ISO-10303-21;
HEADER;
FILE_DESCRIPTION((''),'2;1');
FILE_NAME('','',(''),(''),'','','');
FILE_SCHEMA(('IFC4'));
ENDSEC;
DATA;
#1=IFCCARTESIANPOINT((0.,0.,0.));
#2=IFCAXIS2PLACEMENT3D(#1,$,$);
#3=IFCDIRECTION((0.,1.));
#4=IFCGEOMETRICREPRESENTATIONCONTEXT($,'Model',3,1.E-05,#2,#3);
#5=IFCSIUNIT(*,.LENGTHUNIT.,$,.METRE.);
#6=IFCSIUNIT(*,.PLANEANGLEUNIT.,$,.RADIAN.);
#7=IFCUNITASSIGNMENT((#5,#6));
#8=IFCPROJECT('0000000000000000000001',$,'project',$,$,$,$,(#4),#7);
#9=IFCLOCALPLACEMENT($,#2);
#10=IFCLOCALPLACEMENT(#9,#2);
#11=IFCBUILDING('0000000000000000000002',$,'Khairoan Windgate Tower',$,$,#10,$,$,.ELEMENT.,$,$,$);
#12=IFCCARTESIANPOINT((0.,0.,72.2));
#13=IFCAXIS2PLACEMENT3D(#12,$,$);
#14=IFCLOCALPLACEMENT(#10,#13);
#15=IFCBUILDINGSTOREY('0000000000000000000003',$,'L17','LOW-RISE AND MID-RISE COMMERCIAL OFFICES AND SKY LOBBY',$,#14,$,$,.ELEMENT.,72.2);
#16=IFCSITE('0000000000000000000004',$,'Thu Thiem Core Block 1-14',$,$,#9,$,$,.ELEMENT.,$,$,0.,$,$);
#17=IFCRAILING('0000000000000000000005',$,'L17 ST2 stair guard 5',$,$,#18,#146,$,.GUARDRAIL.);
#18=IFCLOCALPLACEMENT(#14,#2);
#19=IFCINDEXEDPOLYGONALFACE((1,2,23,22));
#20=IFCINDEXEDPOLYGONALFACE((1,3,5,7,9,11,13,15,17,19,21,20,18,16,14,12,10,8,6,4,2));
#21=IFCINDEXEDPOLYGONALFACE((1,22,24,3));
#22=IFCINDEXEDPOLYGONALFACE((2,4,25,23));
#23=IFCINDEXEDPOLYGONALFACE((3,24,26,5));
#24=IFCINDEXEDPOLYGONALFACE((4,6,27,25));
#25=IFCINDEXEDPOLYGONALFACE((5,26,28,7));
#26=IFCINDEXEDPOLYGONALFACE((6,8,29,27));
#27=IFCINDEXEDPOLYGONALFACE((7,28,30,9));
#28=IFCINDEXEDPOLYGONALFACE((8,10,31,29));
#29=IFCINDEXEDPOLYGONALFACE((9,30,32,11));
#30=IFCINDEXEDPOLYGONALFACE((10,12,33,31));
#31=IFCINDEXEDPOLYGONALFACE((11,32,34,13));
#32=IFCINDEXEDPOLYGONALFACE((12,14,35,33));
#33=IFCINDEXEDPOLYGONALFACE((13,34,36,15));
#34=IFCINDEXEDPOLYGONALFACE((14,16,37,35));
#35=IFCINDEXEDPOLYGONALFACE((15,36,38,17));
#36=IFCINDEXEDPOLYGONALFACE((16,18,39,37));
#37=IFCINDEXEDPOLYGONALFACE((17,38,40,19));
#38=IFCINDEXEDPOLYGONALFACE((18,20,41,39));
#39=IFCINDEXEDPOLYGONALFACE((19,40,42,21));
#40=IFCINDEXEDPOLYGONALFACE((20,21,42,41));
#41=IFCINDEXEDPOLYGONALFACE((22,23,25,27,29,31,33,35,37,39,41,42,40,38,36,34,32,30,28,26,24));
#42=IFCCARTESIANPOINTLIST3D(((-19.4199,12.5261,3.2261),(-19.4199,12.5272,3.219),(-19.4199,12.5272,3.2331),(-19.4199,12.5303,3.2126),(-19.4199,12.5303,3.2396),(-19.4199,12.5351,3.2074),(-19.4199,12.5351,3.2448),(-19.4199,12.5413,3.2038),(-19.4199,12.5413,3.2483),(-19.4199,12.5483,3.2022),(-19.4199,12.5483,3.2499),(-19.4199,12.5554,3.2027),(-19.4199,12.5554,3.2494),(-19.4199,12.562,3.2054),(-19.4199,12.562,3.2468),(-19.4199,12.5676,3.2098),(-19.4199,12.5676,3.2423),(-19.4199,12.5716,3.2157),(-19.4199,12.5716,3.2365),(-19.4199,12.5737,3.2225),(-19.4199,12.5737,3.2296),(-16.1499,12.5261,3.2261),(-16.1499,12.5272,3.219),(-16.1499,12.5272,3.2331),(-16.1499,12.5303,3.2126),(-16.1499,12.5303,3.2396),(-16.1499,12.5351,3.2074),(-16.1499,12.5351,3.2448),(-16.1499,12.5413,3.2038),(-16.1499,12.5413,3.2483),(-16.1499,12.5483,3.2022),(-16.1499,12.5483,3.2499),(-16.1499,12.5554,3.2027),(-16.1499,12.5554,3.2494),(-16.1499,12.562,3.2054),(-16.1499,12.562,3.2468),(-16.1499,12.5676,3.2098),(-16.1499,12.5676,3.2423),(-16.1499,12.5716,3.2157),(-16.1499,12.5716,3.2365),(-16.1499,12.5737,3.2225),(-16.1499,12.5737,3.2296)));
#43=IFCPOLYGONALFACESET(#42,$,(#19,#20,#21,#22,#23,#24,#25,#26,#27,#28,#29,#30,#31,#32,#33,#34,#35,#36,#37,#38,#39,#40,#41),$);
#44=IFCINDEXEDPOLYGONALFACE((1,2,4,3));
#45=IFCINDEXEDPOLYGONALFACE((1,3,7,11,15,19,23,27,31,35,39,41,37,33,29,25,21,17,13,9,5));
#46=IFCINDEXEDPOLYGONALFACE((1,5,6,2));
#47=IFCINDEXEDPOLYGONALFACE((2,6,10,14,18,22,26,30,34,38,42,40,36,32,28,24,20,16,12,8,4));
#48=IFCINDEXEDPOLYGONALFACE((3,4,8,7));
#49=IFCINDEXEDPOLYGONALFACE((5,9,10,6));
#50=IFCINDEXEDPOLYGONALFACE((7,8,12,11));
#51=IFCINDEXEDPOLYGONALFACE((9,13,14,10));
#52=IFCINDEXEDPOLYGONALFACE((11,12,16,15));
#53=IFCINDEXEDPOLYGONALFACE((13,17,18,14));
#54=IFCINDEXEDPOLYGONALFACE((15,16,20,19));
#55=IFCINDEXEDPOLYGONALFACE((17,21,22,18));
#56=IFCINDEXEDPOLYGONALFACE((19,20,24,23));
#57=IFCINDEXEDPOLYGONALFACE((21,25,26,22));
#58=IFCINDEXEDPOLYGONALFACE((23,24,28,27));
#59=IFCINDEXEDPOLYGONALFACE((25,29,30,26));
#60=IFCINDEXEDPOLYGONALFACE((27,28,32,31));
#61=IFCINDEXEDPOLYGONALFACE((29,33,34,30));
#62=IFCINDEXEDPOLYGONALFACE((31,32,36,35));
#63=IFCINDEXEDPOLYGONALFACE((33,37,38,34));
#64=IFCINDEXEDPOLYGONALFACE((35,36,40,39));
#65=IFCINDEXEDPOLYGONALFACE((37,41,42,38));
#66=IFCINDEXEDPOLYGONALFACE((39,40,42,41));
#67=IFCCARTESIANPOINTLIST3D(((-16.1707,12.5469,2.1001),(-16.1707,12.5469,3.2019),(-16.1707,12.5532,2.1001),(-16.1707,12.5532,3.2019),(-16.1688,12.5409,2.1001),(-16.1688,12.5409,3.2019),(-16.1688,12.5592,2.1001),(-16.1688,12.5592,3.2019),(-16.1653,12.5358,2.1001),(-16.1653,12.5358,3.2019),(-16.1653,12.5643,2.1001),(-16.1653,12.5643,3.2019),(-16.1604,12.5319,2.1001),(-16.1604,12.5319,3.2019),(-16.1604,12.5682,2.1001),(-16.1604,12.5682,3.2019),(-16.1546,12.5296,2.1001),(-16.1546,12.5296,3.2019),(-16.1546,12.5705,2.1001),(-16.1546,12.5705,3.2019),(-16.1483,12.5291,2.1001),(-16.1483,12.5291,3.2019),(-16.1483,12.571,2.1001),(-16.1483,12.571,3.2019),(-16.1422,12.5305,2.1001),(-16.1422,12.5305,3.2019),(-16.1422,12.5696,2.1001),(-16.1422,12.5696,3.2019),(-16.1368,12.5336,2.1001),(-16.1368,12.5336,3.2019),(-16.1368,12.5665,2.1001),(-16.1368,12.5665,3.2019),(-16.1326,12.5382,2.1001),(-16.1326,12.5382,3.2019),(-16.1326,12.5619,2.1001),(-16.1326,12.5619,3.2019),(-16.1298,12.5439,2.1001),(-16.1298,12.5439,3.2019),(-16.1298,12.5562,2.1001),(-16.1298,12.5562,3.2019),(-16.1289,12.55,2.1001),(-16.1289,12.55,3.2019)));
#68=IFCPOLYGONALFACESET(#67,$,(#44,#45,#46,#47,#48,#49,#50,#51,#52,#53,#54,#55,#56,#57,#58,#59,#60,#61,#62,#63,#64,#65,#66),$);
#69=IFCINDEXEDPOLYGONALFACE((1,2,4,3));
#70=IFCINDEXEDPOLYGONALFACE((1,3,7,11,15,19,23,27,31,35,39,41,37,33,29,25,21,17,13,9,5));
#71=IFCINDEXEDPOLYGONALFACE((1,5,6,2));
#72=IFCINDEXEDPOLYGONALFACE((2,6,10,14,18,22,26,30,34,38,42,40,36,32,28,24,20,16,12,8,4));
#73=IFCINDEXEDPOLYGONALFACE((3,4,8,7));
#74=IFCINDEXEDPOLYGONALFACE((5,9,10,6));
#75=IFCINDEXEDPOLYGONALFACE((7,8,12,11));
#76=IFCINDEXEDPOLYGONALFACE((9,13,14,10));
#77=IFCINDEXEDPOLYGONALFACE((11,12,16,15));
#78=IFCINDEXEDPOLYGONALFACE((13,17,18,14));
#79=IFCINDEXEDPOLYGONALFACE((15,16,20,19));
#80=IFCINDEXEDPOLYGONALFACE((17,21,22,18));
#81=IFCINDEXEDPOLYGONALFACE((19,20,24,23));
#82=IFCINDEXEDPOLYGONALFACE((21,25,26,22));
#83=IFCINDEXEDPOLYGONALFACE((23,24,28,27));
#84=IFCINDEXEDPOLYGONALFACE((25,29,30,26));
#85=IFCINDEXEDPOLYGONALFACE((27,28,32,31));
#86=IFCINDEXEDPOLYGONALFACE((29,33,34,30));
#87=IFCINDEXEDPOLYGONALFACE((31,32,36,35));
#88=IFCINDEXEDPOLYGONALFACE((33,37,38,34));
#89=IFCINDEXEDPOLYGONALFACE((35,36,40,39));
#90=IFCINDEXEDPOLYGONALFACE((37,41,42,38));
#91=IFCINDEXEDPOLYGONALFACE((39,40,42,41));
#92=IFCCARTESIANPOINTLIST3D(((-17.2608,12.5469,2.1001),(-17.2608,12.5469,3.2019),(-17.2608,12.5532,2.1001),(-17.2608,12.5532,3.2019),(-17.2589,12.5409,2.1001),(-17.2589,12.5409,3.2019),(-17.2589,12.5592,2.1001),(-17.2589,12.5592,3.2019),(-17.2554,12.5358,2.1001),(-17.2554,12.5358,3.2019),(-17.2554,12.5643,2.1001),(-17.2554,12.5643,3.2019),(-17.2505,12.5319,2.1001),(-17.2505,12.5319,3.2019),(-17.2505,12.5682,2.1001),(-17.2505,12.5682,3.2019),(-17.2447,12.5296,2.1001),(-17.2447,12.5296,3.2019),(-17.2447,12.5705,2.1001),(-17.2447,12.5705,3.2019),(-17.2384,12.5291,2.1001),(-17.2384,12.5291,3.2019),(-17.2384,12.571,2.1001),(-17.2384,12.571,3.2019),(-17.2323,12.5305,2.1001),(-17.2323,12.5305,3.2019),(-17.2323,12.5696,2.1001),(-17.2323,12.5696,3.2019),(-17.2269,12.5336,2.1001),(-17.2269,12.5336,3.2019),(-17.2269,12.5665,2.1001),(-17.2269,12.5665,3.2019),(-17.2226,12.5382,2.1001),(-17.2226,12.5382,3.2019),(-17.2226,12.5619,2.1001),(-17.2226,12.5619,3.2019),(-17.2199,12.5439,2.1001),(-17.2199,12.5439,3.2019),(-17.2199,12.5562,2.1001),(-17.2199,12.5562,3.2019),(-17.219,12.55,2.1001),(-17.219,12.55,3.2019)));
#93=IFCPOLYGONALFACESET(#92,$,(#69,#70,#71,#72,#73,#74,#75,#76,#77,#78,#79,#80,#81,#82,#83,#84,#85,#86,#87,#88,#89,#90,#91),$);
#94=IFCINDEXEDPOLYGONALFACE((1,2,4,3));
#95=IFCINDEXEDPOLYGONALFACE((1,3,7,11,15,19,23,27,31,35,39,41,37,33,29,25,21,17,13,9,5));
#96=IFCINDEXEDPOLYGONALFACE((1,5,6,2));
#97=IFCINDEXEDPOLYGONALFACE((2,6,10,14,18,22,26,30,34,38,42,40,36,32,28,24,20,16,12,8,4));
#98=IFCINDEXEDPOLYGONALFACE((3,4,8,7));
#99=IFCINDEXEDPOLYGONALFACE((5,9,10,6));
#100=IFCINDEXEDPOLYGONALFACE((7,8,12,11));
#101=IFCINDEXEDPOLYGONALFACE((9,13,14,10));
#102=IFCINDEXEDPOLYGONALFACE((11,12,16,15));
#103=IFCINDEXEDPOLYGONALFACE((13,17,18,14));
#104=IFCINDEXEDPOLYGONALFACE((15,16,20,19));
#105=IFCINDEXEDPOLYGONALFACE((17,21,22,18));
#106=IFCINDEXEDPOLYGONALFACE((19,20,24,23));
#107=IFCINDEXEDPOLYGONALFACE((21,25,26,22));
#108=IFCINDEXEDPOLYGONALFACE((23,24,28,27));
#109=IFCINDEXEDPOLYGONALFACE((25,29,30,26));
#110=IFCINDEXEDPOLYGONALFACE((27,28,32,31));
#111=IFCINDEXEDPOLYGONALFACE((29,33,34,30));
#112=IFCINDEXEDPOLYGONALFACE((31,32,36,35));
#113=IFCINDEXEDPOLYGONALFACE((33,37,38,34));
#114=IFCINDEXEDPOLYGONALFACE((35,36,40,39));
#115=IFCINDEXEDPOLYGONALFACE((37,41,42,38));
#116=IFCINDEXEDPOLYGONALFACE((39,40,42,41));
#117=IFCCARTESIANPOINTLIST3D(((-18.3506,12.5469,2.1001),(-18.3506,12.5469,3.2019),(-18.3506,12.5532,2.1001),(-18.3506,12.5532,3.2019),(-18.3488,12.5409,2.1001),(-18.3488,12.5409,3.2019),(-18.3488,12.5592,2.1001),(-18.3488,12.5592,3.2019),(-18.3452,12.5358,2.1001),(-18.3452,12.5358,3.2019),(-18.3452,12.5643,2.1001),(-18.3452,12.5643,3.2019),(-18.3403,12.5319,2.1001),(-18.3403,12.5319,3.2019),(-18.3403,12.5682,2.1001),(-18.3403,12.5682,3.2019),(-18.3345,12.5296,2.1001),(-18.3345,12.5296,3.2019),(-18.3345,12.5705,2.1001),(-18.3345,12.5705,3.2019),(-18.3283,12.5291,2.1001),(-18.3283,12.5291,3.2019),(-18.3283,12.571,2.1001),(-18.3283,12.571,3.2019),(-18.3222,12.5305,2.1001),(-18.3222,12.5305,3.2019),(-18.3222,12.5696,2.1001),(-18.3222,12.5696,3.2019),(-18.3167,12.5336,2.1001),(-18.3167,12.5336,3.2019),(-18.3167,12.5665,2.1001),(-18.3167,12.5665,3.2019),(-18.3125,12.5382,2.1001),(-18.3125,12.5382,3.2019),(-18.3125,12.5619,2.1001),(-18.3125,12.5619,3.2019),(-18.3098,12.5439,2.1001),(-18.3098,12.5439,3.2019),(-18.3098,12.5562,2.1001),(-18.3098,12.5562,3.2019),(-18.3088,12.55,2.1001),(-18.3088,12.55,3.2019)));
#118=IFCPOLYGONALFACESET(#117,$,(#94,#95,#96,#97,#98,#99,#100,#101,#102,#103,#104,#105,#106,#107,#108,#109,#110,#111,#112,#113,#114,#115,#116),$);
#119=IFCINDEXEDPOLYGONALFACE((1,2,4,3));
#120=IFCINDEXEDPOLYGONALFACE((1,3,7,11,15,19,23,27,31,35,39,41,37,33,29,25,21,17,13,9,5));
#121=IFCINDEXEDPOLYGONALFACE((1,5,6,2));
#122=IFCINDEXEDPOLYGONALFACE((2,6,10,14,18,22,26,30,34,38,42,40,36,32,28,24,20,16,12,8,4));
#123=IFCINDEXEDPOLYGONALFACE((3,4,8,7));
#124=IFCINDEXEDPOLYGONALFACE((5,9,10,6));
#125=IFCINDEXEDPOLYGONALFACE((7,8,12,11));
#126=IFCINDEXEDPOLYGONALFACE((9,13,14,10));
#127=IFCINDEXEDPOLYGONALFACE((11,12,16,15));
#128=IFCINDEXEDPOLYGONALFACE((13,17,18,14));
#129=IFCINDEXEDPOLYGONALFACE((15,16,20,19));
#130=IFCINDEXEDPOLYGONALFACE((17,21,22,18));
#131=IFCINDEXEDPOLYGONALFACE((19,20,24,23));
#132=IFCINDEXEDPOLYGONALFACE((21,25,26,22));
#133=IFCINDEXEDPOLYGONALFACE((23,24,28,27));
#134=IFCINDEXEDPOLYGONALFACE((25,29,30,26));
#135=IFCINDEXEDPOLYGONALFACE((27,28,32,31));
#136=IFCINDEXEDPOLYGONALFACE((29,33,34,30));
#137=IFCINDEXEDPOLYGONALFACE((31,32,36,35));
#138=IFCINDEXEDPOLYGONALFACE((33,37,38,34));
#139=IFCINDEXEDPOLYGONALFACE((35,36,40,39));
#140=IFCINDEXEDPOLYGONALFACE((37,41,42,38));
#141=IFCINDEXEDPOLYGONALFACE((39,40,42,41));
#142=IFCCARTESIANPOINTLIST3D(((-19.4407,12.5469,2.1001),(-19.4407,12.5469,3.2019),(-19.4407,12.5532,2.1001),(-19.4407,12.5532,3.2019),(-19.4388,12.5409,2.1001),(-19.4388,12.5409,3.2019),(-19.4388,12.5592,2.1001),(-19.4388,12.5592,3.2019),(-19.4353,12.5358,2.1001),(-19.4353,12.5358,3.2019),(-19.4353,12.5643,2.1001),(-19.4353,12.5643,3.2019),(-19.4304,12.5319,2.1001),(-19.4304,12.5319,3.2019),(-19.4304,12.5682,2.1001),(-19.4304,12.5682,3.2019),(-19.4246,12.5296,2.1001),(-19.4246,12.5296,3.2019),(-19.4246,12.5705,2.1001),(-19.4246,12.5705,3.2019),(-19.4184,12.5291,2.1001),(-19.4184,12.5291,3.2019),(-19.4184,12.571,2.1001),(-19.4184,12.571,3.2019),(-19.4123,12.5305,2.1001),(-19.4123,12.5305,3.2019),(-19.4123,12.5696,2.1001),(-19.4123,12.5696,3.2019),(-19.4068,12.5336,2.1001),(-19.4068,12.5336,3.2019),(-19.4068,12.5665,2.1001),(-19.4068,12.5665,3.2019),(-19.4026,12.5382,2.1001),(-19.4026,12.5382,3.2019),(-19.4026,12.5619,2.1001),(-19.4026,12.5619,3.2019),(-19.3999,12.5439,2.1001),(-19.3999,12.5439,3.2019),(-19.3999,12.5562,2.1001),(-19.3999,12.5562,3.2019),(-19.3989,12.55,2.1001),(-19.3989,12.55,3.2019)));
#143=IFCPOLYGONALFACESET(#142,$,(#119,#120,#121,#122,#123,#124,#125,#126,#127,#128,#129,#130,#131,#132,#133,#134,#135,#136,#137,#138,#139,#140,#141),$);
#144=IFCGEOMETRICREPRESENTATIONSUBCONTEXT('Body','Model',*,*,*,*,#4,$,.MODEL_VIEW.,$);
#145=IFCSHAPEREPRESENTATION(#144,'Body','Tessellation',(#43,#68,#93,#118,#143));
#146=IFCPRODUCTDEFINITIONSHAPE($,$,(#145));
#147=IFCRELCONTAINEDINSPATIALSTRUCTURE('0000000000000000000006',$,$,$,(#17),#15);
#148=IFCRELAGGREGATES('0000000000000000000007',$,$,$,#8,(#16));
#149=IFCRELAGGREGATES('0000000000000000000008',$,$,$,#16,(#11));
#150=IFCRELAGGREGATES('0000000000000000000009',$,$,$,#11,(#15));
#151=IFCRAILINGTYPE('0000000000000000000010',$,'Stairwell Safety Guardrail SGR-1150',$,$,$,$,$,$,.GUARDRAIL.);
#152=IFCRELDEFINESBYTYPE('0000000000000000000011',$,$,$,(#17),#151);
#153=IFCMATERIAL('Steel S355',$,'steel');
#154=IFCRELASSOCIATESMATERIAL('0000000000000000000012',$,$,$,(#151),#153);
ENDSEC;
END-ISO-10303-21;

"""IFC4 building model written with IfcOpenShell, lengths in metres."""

from ifc_helpers import new_model, si_unit, direction, frame, origin, origin_2d, place, context, subcontext, project, spatial, circle, extrude, material, type_object, element, save


model = new_model("IFC4")

# Units and contexts
model_context = context("Model", 3, precision=1e-05, world=origin(), true_north=direction((0.0, 1.0)))
body_context = subcontext(model_context, "Body", "Model", "MODEL_VIEW")
ifc_project = project(units=[si_unit("LENGTHUNIT", "METRE"), si_unit("PLANEANGLEUNIT", "RADIAN")], contexts=[model_context])

# Site, building, storey
site_placement = place(None, origin())
site = spatial("IfcSite", under=ifc_project, at=site_placement, Name="Thu Thiem Core Block 1-14", CompositionType="ELEMENT", RefElevation=0.0)
building_placement = place(site_placement, origin())
building = spatial("IfcBuilding", under=site, at=building_placement, Name="Khairoan Windgate Tower", CompositionType="ELEMENT")
storey_placement = place(building_placement, frame((0.0, 0.0, 72.2)))
storey = spatial("IfcBuildingStorey", under=building, at=storey_placement, Name="L17", Description="LOW-RISE AND MID-RISE COMMERCIAL OFFICES AND SKY LOBBY", CompositionType="ELEMENT", Elevation=72.2)

# Railing
ifc_material_1 = material(Name="Steel S355", Category="steel")
railing_type = type_object("IfcRailingType", Name="Stairwell Safety Guardrail SGR-1150", PredefinedType="GUARDRAIL", material=ifc_material_1)
railing_1_placement = place(storey_placement, frame((-16.1499, 12.55, 2.1001)))
element("IfcRailing", 1, at=railing_1_placement, inside=storey, type_object=railing_type, Name="L17 ST2 stair guard 5", PredefinedType="GUARDRAIL", context=body_context, shape_type="SweptSolid", body=[
    extrude(circle(Radius=0.0239, at=origin_2d()), frame((0.0, 0.0, 1.126), z_axis=(-1.0, 0.0, 0.0), x_axis=(0.0, -1.0, 0.0)), (0.0, 0.0, 1.0), 3.27),
    extrude(circle(Radius=0.021, at=origin_2d()), origin(), (0.0, 0.0, 1.0), 1.1018),
    extrude(circle(Radius=0.021, at=origin_2d()), frame((-1.0901, 0.0, 0.0)), (0.0, 0.0, 1.0), 1.1018),
    extrude(circle(Radius=0.021, at=origin_2d()), frame((-2.1799, 0.0, 0.0)), (0.0, 0.0, 1.0), 1.1018),
    extrude(circle(Radius=0.021, at=origin_2d()), frame((-3.27, 0.0, 0.0)), (0.0, 0.0, 1.0), 1.1018),
])

save(model, "model.ifc")
